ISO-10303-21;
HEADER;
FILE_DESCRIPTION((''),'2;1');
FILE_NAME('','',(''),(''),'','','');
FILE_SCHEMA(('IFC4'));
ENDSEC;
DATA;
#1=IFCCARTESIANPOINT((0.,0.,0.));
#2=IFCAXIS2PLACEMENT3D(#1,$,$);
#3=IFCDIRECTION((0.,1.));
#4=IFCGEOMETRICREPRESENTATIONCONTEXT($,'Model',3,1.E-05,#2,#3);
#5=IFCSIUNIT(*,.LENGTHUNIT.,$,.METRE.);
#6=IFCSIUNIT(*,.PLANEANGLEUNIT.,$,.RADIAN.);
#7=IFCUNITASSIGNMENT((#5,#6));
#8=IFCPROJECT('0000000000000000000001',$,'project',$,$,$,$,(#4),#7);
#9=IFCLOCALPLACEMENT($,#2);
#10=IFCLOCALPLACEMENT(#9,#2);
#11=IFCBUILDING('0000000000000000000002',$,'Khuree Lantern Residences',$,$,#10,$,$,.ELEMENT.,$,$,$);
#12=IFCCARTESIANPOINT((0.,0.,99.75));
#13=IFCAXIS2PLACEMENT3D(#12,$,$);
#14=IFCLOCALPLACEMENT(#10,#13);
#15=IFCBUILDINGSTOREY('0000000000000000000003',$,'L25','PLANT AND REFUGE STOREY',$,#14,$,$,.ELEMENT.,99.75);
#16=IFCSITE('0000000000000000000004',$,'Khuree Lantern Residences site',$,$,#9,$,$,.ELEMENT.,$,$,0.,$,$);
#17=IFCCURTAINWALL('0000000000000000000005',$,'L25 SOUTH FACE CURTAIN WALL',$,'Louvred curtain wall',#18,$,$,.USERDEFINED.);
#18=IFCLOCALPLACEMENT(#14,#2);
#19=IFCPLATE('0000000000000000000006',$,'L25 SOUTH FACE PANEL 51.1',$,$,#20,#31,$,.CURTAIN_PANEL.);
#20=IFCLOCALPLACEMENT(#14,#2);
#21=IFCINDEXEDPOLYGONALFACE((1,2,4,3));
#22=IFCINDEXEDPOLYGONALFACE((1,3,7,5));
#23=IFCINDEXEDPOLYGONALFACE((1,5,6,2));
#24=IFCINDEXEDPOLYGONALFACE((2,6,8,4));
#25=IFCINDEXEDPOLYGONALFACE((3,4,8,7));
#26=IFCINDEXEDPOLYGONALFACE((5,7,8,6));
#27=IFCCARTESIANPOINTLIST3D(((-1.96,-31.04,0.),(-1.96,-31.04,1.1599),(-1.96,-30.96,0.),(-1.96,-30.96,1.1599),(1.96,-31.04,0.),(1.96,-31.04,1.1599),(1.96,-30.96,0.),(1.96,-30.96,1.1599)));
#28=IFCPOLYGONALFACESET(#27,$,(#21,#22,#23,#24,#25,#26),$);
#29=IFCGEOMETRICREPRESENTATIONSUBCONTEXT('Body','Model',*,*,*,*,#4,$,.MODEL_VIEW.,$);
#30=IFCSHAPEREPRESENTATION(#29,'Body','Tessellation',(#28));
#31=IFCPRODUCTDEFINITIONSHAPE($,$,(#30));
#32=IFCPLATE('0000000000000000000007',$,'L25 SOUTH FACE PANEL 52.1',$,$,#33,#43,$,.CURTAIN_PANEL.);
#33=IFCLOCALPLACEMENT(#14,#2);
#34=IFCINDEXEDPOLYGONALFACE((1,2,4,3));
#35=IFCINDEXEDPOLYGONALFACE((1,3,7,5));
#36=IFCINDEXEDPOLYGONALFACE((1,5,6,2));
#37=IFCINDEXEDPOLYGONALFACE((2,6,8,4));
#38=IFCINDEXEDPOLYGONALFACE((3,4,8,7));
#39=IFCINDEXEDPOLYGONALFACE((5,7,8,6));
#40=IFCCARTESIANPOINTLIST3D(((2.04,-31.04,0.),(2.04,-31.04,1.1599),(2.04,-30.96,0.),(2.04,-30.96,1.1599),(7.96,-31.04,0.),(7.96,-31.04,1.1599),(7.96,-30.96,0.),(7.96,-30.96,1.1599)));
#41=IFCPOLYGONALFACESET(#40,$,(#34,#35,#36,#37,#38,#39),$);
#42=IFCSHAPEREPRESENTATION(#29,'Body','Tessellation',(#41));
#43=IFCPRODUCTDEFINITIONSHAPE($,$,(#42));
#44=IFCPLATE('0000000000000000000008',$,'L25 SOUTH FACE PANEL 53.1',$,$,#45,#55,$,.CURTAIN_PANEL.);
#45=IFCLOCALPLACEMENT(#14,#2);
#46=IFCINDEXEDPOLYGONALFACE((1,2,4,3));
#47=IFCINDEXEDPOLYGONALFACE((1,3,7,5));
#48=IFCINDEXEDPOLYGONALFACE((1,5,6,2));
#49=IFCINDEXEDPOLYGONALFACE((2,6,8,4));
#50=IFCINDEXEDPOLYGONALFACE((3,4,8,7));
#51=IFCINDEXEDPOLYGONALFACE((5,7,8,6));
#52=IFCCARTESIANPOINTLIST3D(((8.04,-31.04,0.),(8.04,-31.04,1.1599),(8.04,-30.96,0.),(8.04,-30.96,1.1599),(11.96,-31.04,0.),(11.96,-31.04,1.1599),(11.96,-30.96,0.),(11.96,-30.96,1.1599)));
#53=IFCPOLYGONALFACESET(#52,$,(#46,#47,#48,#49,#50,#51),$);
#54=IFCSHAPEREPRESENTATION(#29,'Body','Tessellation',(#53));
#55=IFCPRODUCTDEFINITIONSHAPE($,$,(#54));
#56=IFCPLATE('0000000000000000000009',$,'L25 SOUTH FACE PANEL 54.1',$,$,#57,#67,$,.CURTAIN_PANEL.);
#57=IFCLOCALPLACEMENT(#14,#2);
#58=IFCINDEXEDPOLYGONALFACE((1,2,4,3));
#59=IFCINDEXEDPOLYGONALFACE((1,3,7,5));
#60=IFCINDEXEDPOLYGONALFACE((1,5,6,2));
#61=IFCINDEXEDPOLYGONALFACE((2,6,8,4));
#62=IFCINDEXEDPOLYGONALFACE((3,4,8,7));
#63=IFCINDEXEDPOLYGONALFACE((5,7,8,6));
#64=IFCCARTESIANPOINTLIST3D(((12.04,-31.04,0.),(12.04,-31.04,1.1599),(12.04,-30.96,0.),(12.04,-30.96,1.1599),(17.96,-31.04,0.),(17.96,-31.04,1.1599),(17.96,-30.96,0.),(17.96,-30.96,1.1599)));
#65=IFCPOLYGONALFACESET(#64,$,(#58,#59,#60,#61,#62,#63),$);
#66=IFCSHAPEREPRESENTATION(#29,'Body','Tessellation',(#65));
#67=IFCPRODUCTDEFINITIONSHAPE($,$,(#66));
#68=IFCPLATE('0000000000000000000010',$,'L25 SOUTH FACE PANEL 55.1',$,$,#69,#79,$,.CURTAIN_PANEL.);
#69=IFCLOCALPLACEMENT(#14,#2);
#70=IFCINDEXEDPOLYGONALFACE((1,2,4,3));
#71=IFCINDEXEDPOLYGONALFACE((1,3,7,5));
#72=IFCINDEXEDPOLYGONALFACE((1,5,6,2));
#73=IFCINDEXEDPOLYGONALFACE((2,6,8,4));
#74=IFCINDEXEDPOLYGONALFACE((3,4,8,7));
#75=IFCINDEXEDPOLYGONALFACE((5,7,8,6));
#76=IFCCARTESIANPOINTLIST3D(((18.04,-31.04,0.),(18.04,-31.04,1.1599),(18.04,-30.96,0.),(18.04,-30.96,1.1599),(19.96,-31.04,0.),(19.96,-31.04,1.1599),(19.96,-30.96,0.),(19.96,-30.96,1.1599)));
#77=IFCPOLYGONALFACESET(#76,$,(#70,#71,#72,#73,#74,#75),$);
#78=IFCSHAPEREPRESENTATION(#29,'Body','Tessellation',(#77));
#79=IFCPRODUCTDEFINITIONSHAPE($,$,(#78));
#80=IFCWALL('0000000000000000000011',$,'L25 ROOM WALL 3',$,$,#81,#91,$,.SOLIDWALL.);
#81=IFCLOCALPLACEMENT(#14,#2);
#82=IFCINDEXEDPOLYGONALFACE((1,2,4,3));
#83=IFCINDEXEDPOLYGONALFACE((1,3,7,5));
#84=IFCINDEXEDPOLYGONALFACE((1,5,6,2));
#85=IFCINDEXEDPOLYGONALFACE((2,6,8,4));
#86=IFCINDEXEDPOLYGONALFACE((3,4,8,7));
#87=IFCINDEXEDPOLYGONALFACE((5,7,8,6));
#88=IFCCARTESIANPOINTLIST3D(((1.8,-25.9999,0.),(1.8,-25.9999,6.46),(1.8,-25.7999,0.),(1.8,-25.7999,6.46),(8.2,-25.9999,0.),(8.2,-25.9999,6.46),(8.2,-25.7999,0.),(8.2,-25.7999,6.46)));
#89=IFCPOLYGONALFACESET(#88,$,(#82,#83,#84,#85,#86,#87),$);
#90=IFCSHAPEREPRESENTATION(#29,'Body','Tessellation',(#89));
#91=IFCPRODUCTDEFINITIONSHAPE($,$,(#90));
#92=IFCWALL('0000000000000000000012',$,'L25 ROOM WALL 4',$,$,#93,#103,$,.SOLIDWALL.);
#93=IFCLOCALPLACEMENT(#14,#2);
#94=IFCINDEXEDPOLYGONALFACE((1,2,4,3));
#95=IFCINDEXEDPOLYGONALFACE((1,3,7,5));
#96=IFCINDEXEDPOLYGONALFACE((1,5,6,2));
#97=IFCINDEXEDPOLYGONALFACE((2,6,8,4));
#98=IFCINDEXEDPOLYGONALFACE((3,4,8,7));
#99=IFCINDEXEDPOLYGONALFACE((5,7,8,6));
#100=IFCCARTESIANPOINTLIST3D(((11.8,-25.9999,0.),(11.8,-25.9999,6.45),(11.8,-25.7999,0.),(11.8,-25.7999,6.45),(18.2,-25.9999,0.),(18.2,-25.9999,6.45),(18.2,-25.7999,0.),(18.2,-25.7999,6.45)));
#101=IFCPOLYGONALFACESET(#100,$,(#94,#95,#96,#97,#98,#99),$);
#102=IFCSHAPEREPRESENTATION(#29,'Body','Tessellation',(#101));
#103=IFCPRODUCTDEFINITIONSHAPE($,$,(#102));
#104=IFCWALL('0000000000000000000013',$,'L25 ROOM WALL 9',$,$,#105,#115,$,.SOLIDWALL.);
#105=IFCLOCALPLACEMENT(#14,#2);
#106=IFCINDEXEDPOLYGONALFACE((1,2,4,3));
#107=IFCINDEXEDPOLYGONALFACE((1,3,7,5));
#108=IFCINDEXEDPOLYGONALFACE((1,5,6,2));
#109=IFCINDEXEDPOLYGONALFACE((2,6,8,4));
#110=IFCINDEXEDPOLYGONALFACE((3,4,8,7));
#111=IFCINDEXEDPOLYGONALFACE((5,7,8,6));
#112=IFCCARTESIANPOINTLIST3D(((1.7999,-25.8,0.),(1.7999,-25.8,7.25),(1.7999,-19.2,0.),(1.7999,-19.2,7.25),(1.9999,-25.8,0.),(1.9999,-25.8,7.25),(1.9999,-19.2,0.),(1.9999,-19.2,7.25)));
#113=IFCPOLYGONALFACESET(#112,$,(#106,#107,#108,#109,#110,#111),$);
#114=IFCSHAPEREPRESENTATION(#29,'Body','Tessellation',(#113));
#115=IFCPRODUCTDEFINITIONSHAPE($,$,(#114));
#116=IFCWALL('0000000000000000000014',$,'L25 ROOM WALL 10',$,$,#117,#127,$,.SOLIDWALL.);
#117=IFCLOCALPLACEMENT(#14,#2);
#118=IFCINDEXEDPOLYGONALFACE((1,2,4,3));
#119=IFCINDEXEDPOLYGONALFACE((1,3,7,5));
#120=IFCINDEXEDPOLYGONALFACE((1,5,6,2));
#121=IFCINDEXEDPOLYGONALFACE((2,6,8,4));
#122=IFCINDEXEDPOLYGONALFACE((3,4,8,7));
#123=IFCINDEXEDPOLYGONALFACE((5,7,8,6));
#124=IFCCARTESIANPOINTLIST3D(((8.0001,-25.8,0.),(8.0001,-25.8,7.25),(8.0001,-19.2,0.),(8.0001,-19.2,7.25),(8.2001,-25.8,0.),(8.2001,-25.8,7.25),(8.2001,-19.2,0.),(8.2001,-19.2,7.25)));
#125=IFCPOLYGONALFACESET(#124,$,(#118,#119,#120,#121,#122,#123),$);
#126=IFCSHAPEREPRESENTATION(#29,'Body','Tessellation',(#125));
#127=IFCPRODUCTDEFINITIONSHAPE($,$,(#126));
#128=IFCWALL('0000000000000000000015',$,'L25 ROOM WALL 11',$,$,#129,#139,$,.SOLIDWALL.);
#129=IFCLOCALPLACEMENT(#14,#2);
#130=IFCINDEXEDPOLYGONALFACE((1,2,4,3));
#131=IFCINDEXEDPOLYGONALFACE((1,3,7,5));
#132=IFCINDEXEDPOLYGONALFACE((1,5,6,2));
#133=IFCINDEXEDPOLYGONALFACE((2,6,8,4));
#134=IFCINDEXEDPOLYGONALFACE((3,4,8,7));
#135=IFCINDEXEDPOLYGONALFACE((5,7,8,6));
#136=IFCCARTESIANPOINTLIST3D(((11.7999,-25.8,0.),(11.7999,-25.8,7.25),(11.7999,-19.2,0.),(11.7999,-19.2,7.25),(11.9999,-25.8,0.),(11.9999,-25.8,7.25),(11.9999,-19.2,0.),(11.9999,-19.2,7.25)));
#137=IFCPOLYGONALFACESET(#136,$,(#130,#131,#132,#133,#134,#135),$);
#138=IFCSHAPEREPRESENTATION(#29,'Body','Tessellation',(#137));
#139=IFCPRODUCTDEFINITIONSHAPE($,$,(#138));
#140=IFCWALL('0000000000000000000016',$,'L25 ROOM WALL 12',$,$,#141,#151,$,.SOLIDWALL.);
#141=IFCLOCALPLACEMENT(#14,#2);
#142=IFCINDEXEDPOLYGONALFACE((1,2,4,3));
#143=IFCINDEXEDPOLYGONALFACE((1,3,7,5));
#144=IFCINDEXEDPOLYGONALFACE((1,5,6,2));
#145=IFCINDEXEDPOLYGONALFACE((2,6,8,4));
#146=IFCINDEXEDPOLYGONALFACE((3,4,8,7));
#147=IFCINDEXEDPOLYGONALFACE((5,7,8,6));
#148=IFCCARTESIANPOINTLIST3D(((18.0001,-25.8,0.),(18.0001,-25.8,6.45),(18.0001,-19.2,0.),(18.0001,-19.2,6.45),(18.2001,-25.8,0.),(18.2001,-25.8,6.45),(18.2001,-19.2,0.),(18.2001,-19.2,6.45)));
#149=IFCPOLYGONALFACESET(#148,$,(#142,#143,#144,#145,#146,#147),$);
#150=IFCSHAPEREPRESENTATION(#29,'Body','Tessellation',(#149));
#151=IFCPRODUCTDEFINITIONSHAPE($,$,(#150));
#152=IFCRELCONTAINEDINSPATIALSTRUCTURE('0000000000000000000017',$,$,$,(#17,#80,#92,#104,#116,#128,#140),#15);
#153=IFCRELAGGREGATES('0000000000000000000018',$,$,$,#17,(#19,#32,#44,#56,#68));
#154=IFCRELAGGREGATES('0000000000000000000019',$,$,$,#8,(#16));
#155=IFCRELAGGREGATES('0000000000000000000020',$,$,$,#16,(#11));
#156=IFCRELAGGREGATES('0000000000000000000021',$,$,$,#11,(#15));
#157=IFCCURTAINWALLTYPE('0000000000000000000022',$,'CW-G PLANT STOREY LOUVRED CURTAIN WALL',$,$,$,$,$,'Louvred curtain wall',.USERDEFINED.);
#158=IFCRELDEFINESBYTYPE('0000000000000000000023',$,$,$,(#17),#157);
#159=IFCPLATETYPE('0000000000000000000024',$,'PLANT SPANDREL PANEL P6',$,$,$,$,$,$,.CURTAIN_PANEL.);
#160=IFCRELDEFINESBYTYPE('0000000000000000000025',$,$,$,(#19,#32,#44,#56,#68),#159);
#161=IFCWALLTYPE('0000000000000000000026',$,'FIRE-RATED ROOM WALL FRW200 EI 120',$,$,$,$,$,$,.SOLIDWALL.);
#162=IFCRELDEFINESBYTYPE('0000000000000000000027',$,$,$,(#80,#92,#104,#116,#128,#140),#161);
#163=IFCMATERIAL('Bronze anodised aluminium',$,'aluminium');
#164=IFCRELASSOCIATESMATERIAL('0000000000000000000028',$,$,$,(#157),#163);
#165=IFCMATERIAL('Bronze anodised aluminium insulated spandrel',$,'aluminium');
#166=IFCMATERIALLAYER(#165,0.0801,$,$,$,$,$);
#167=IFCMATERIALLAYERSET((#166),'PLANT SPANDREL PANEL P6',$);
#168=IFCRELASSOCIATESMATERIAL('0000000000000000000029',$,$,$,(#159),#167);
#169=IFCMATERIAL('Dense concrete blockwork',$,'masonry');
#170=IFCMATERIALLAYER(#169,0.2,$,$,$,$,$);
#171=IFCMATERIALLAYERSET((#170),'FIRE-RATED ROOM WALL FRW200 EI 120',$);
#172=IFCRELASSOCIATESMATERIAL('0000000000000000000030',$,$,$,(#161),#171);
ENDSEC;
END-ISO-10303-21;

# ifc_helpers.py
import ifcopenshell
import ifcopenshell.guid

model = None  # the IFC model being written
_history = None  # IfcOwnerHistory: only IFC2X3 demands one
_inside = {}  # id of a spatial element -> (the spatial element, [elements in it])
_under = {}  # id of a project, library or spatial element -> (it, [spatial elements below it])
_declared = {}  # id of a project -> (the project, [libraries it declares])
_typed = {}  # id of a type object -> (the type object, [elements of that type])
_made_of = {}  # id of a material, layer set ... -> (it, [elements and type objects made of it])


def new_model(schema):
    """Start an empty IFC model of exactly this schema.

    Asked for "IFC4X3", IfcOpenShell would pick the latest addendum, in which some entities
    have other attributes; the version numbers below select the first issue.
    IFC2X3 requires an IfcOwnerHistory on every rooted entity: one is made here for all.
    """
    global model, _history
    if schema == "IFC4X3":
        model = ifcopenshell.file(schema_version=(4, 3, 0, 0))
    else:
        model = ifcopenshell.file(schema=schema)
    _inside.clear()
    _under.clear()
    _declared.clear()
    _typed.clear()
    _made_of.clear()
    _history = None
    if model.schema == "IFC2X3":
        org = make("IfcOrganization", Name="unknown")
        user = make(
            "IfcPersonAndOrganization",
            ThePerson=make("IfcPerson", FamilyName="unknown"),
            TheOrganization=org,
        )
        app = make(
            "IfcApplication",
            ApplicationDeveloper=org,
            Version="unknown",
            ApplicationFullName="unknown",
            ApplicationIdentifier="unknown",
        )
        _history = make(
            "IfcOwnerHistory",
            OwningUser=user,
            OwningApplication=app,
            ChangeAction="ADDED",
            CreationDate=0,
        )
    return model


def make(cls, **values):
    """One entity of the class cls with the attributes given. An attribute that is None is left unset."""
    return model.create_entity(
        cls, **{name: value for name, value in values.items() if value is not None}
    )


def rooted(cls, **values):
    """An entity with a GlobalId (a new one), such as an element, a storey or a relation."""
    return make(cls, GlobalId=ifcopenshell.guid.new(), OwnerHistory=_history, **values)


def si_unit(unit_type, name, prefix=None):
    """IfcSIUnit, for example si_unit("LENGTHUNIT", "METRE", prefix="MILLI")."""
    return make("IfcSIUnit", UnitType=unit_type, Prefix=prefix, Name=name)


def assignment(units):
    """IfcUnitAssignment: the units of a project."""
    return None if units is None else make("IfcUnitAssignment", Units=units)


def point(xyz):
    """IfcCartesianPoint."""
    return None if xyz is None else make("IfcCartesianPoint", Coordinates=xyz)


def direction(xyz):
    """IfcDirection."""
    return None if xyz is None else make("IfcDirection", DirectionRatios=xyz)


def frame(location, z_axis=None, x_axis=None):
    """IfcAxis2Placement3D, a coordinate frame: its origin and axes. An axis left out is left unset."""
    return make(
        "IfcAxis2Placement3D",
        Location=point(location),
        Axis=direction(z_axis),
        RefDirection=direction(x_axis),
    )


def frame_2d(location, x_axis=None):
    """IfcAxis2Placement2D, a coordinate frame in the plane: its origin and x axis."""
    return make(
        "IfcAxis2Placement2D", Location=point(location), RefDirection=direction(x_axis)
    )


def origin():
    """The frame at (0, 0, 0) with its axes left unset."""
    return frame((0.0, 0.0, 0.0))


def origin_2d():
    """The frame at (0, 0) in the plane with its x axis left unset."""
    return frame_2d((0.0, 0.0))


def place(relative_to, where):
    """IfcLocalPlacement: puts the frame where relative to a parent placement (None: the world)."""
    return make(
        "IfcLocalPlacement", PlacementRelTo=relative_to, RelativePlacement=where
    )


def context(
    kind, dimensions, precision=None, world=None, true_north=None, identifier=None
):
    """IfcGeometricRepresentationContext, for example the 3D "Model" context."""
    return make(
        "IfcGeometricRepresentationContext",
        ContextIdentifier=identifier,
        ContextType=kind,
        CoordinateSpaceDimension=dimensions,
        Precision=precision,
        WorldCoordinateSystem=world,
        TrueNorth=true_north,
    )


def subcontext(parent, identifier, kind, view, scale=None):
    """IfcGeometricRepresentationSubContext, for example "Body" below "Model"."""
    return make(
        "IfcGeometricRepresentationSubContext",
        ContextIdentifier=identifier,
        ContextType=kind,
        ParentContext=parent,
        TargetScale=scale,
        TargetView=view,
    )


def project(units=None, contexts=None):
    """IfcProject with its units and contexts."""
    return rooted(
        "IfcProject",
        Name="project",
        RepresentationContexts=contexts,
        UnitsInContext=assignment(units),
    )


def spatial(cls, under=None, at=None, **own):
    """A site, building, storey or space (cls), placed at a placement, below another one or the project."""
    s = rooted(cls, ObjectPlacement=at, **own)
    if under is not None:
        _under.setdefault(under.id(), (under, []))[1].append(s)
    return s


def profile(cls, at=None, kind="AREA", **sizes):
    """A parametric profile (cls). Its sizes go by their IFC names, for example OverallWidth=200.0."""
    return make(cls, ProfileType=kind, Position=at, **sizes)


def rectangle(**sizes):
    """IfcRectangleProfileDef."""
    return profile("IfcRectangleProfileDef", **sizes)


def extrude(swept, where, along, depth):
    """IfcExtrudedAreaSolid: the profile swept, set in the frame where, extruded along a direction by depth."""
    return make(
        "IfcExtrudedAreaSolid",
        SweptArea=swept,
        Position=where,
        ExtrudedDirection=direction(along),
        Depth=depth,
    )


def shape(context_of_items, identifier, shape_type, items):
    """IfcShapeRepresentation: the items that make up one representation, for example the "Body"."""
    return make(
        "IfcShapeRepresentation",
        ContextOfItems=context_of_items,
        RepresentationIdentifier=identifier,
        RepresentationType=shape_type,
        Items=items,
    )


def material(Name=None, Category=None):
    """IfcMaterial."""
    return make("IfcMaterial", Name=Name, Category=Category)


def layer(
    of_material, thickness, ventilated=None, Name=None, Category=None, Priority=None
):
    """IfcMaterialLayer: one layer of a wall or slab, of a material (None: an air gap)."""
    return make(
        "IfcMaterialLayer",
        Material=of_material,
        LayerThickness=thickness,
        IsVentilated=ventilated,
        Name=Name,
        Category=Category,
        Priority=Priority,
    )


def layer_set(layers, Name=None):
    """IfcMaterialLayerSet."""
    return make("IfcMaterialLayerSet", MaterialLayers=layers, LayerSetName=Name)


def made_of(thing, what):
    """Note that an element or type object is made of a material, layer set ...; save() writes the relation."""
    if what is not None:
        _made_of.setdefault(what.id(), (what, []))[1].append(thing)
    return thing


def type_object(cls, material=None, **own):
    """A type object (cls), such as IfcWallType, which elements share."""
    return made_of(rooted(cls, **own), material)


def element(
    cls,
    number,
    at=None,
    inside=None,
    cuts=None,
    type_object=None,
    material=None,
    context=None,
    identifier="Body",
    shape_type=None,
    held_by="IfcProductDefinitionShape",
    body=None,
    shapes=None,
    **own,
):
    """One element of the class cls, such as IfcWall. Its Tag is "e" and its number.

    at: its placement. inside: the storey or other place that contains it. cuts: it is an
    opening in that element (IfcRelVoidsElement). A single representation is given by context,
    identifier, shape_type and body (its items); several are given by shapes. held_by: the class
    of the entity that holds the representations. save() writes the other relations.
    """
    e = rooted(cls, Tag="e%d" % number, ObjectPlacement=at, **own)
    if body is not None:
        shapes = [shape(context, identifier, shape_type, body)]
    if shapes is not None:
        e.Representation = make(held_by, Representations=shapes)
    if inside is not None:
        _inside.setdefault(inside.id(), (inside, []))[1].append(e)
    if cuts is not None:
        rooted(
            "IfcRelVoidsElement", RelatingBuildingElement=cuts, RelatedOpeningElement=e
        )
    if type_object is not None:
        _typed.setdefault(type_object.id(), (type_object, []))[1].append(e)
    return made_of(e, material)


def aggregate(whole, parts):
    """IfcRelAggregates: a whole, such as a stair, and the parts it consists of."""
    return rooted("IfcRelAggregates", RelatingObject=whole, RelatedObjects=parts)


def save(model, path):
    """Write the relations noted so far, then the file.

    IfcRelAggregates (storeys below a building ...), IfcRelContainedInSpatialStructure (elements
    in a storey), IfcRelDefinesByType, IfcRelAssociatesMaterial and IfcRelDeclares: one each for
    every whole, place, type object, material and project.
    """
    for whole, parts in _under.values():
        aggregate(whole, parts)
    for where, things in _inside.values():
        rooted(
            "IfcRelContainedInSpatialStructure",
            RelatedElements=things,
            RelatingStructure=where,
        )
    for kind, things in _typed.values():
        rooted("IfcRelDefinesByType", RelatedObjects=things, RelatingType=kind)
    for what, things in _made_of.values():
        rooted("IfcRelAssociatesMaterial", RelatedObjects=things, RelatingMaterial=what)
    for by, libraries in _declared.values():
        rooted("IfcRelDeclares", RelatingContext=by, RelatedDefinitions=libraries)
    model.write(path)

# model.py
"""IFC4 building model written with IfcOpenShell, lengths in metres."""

from ifc_helpers import new_model, si_unit, direction, frame, frame_2d, origin, origin_2d, place, context, subcontext, project, spatial, rectangle, extrude, material, layer, layer_set, type_object, element, aggregate, save


model = new_model("IFC4")

# Units and contexts
model_context = context("Model", 3, precision=1e-05, world=origin(), true_north=direction((0.0, 1.0)))
body_context = subcontext(model_context, "Body", "Model", "MODEL_VIEW")
ifc_project = project(units=[si_unit("LENGTHUNIT", "METRE"), si_unit("PLANEANGLEUNIT", "RADIAN")], contexts=[model_context])

# Site, building, storey
site_placement = place(None, origin())
site = spatial("IfcSite", under=ifc_project, at=site_placement, Name="Khuree Lantern Residences site", CompositionType="ELEMENT", RefElevation=0.0)
building_placement = place(site_placement, origin())
building = spatial("IfcBuilding", under=site, at=building_placement, Name="Khuree Lantern Residences", CompositionType="ELEMENT")
storey_placement = place(building_placement, frame((0.0, 0.0, 99.75)))
storey = spatial("IfcBuildingStorey", under=building, at=storey_placement, Name="L25", Description="PLANT AND REFUGE STOREY", CompositionType="ELEMENT", Elevation=99.75)

# Curtain wall
ifc_material_1 = material(Name="Bronze anodised aluminium", Category="aluminium")
curtain_wall_type = type_object("IfcCurtainWallType", Name="CW-G PLANT STOREY LOUVRED CURTAIN WALL", ElementType="Louvred curtain wall", PredefinedType="USERDEFINED", material=ifc_material_1)
curtain_wall_placement = place(storey_placement, origin())
curtain_wall = element("IfcCurtainWall", 1, at=curtain_wall_placement, inside=storey, type_object=curtain_wall_type, Name="L25 SOUTH FACE CURTAIN WALL", ObjectType="Louvred curtain wall", PredefinedType="USERDEFINED")

# Plates
ifc_material_2 = material(Name="Bronze anodised aluminium insulated spandrel", Category="aluminium")
ifc_layer_1 = layer(ifc_material_2, 0.0801)
ifc_layer_set_1 = layer_set([ifc_layer_1], Name="PLANT SPANDREL PANEL P6")
plate_type_1 = type_object("IfcPlateType", Name="PLANT SPANDREL PANEL P6", PredefinedType="CURTAIN_PANEL", material=ifc_layer_set_1)
plate_1_placement = place(storey_placement, frame((0.0, -31.0, 0.0), z_axis=(0.0, 0.0, 1.0), x_axis=(1.0, 0.0, 0.0)))
plate_1 = element("IfcPlate", 2, at=plate_1_placement, type_object=plate_type_1, Name="L25 SOUTH FACE PANEL 51.1", PredefinedType="CURTAIN_PANEL", context=body_context, shape_type="SweptSolid", body=[
    extrude(rectangle(XDim=3.9199, YDim=0.0801, at=origin_2d()), origin(), (0.0, 0.0, 1.0), 1.1599),
])
plate_2_placement = place(storey_placement, frame((5.0, -31.0, 0.0), z_axis=(0.0, 0.0, 1.0), x_axis=(1.0, 0.0, 0.0)))
plate_2 = element("IfcPlate", 3, at=plate_2_placement, type_object=plate_type_1, Name="L25 SOUTH FACE PANEL 52.1", PredefinedType="CURTAIN_PANEL", context=body_context, shape_type="SweptSolid", body=[
    extrude(rectangle(XDim=5.9199, YDim=0.0801, at=origin_2d()), origin(), (0.0, 0.0, 1.0), 1.1599),
])
plate_3_placement = place(storey_placement, frame((10.0, -31.0, 0.0), z_axis=(0.0, 0.0, 1.0), x_axis=(1.0, 0.0, 0.0)))
plate_3 = element("IfcPlate", 4, at=plate_3_placement, type_object=plate_type_1, Name="L25 SOUTH FACE PANEL 53.1", PredefinedType="CURTAIN_PANEL", context=body_context, shape_type="SweptSolid", body=[
    extrude(rectangle(XDim=3.9199, YDim=0.0801, at=origin_2d()), origin(), (0.0, 0.0, 1.0), 1.1599),
])
plate_4_placement = place(storey_placement, frame((15.0, -31.0, 0.0), z_axis=(0.0, 0.0, 1.0), x_axis=(1.0, 0.0, 0.0)))
plate_4 = element("IfcPlate", 5, at=plate_4_placement, type_object=plate_type_1, Name="L25 SOUTH FACE PANEL 54.1", PredefinedType="CURTAIN_PANEL", context=body_context, shape_type="SweptSolid", body=[
    extrude(rectangle(XDim=5.9199, YDim=0.0801, at=origin_2d()), origin(), (0.0, 0.0, 1.0), 1.1599),
])
plate_5_placement = place(storey_placement, frame((19.0, -31.0, 0.0), z_axis=(0.0, 0.0, 1.0), x_axis=(1.0, 0.0, 0.0)))
plate_5 = element("IfcPlate", 6, at=plate_5_placement, type_object=plate_type_1, Name="L25 SOUTH FACE PANEL 55.1", PredefinedType="CURTAIN_PANEL", context=body_context, shape_type="SweptSolid", body=[
    extrude(rectangle(XDim=1.9199, YDim=0.0801, at=origin_2d()), origin(), (0.0, 0.0, 1.0), 1.1599),
])
aggregate(curtain_wall, [plate_1, plate_2, plate_3, plate_4, plate_5])

# Walls
ifc_material_3 = material(Name="Dense concrete blockwork", Category="masonry")
ifc_layer_2 = layer(ifc_material_3, 0.2)
ifc_layer_set_2 = layer_set([ifc_layer_2], Name="FIRE-RATED ROOM WALL FRW200 EI 120")
wall_type = type_object("IfcWallType", Name="FIRE-RATED ROOM WALL FRW200 EI 120", PredefinedType="SOLIDWALL", material=ifc_layer_set_2)
wall_1_placement = place(storey_placement, frame((1.8, -25.8999, 0.0), z_axis=(0.0, 0.0, 1.0), x_axis=(1.0, 0.0, 0.0)))
element("IfcWall", 7, at=wall_1_placement, inside=storey, type_object=wall_type, Name="L25 ROOM WALL 3", PredefinedType="SOLIDWALL", context=body_context, shape_type="SweptSolid", body=[
    extrude(rectangle(XDim=6.3999, YDim=0.2, at=frame_2d((3.2, 0.0))), origin(), (0.0, 0.0, 1.0), 6.46),
])
wall_2_placement = place(storey_placement, frame((11.8, -25.8999, 0.0), z_axis=(0.0, 0.0, 1.0), x_axis=(1.0, 0.0, 0.0)))
element("IfcWall", 8, at=wall_2_placement, inside=storey, type_object=wall_type, Name="L25 ROOM WALL 4", PredefinedType="SOLIDWALL", context=body_context, shape_type="SweptSolid", body=[
    extrude(rectangle(XDim=6.3999, YDim=0.2, at=frame_2d((3.2, 0.0))), origin(), (0.0, 0.0, 1.0), 6.45),
])
for number, where, z_axis, x_axis, name in (
    (9, (1.8999, -25.8, 0.0), (0.0, 0.0, 1.0), (0.0, 1.0, 0.0), "L25 ROOM WALL 9"),
    (10, (8.1001, -25.8, 0.0), (0.0, 0.0, 1.0), (0.0, 1.0, 0.0), "L25 ROOM WALL 10"),
    (11, (11.8999, -25.8, 0.0), (0.0, 0.0, 1.0), (0.0, 1.0, 0.0), "L25 ROOM WALL 11"),
):
    element("IfcWall", number, at=place(storey_placement, frame(where, z_axis=z_axis, x_axis=x_axis)), inside=storey, type_object=wall_type, Name=name, PredefinedType="SOLIDWALL", context=body_context, shape_type="SweptSolid", body=[
        extrude(rectangle(XDim=6.6001, YDim=0.2, at=frame_2d((3.3, 0.0))), origin(), (0.0, 0.0, 1.0), 7.25),
    ])
wall_3_placement = place(storey_placement, frame((18.1001, -25.8, 0.0), z_axis=(0.0, 0.0, 1.0), x_axis=(0.0, 1.0, 0.0)))
element("IfcWall", 12, at=wall_3_placement, inside=storey, type_object=wall_type, Name="L25 ROOM WALL 12", PredefinedType="SOLIDWALL", context=body_context, shape_type="SweptSolid", body=[
    extrude(rectangle(XDim=6.6001, YDim=0.2, at=frame_2d((3.3, 0.0))), origin(), (0.0, 0.0, 1.0), 6.45),
])

save(model, "model.ifc")
